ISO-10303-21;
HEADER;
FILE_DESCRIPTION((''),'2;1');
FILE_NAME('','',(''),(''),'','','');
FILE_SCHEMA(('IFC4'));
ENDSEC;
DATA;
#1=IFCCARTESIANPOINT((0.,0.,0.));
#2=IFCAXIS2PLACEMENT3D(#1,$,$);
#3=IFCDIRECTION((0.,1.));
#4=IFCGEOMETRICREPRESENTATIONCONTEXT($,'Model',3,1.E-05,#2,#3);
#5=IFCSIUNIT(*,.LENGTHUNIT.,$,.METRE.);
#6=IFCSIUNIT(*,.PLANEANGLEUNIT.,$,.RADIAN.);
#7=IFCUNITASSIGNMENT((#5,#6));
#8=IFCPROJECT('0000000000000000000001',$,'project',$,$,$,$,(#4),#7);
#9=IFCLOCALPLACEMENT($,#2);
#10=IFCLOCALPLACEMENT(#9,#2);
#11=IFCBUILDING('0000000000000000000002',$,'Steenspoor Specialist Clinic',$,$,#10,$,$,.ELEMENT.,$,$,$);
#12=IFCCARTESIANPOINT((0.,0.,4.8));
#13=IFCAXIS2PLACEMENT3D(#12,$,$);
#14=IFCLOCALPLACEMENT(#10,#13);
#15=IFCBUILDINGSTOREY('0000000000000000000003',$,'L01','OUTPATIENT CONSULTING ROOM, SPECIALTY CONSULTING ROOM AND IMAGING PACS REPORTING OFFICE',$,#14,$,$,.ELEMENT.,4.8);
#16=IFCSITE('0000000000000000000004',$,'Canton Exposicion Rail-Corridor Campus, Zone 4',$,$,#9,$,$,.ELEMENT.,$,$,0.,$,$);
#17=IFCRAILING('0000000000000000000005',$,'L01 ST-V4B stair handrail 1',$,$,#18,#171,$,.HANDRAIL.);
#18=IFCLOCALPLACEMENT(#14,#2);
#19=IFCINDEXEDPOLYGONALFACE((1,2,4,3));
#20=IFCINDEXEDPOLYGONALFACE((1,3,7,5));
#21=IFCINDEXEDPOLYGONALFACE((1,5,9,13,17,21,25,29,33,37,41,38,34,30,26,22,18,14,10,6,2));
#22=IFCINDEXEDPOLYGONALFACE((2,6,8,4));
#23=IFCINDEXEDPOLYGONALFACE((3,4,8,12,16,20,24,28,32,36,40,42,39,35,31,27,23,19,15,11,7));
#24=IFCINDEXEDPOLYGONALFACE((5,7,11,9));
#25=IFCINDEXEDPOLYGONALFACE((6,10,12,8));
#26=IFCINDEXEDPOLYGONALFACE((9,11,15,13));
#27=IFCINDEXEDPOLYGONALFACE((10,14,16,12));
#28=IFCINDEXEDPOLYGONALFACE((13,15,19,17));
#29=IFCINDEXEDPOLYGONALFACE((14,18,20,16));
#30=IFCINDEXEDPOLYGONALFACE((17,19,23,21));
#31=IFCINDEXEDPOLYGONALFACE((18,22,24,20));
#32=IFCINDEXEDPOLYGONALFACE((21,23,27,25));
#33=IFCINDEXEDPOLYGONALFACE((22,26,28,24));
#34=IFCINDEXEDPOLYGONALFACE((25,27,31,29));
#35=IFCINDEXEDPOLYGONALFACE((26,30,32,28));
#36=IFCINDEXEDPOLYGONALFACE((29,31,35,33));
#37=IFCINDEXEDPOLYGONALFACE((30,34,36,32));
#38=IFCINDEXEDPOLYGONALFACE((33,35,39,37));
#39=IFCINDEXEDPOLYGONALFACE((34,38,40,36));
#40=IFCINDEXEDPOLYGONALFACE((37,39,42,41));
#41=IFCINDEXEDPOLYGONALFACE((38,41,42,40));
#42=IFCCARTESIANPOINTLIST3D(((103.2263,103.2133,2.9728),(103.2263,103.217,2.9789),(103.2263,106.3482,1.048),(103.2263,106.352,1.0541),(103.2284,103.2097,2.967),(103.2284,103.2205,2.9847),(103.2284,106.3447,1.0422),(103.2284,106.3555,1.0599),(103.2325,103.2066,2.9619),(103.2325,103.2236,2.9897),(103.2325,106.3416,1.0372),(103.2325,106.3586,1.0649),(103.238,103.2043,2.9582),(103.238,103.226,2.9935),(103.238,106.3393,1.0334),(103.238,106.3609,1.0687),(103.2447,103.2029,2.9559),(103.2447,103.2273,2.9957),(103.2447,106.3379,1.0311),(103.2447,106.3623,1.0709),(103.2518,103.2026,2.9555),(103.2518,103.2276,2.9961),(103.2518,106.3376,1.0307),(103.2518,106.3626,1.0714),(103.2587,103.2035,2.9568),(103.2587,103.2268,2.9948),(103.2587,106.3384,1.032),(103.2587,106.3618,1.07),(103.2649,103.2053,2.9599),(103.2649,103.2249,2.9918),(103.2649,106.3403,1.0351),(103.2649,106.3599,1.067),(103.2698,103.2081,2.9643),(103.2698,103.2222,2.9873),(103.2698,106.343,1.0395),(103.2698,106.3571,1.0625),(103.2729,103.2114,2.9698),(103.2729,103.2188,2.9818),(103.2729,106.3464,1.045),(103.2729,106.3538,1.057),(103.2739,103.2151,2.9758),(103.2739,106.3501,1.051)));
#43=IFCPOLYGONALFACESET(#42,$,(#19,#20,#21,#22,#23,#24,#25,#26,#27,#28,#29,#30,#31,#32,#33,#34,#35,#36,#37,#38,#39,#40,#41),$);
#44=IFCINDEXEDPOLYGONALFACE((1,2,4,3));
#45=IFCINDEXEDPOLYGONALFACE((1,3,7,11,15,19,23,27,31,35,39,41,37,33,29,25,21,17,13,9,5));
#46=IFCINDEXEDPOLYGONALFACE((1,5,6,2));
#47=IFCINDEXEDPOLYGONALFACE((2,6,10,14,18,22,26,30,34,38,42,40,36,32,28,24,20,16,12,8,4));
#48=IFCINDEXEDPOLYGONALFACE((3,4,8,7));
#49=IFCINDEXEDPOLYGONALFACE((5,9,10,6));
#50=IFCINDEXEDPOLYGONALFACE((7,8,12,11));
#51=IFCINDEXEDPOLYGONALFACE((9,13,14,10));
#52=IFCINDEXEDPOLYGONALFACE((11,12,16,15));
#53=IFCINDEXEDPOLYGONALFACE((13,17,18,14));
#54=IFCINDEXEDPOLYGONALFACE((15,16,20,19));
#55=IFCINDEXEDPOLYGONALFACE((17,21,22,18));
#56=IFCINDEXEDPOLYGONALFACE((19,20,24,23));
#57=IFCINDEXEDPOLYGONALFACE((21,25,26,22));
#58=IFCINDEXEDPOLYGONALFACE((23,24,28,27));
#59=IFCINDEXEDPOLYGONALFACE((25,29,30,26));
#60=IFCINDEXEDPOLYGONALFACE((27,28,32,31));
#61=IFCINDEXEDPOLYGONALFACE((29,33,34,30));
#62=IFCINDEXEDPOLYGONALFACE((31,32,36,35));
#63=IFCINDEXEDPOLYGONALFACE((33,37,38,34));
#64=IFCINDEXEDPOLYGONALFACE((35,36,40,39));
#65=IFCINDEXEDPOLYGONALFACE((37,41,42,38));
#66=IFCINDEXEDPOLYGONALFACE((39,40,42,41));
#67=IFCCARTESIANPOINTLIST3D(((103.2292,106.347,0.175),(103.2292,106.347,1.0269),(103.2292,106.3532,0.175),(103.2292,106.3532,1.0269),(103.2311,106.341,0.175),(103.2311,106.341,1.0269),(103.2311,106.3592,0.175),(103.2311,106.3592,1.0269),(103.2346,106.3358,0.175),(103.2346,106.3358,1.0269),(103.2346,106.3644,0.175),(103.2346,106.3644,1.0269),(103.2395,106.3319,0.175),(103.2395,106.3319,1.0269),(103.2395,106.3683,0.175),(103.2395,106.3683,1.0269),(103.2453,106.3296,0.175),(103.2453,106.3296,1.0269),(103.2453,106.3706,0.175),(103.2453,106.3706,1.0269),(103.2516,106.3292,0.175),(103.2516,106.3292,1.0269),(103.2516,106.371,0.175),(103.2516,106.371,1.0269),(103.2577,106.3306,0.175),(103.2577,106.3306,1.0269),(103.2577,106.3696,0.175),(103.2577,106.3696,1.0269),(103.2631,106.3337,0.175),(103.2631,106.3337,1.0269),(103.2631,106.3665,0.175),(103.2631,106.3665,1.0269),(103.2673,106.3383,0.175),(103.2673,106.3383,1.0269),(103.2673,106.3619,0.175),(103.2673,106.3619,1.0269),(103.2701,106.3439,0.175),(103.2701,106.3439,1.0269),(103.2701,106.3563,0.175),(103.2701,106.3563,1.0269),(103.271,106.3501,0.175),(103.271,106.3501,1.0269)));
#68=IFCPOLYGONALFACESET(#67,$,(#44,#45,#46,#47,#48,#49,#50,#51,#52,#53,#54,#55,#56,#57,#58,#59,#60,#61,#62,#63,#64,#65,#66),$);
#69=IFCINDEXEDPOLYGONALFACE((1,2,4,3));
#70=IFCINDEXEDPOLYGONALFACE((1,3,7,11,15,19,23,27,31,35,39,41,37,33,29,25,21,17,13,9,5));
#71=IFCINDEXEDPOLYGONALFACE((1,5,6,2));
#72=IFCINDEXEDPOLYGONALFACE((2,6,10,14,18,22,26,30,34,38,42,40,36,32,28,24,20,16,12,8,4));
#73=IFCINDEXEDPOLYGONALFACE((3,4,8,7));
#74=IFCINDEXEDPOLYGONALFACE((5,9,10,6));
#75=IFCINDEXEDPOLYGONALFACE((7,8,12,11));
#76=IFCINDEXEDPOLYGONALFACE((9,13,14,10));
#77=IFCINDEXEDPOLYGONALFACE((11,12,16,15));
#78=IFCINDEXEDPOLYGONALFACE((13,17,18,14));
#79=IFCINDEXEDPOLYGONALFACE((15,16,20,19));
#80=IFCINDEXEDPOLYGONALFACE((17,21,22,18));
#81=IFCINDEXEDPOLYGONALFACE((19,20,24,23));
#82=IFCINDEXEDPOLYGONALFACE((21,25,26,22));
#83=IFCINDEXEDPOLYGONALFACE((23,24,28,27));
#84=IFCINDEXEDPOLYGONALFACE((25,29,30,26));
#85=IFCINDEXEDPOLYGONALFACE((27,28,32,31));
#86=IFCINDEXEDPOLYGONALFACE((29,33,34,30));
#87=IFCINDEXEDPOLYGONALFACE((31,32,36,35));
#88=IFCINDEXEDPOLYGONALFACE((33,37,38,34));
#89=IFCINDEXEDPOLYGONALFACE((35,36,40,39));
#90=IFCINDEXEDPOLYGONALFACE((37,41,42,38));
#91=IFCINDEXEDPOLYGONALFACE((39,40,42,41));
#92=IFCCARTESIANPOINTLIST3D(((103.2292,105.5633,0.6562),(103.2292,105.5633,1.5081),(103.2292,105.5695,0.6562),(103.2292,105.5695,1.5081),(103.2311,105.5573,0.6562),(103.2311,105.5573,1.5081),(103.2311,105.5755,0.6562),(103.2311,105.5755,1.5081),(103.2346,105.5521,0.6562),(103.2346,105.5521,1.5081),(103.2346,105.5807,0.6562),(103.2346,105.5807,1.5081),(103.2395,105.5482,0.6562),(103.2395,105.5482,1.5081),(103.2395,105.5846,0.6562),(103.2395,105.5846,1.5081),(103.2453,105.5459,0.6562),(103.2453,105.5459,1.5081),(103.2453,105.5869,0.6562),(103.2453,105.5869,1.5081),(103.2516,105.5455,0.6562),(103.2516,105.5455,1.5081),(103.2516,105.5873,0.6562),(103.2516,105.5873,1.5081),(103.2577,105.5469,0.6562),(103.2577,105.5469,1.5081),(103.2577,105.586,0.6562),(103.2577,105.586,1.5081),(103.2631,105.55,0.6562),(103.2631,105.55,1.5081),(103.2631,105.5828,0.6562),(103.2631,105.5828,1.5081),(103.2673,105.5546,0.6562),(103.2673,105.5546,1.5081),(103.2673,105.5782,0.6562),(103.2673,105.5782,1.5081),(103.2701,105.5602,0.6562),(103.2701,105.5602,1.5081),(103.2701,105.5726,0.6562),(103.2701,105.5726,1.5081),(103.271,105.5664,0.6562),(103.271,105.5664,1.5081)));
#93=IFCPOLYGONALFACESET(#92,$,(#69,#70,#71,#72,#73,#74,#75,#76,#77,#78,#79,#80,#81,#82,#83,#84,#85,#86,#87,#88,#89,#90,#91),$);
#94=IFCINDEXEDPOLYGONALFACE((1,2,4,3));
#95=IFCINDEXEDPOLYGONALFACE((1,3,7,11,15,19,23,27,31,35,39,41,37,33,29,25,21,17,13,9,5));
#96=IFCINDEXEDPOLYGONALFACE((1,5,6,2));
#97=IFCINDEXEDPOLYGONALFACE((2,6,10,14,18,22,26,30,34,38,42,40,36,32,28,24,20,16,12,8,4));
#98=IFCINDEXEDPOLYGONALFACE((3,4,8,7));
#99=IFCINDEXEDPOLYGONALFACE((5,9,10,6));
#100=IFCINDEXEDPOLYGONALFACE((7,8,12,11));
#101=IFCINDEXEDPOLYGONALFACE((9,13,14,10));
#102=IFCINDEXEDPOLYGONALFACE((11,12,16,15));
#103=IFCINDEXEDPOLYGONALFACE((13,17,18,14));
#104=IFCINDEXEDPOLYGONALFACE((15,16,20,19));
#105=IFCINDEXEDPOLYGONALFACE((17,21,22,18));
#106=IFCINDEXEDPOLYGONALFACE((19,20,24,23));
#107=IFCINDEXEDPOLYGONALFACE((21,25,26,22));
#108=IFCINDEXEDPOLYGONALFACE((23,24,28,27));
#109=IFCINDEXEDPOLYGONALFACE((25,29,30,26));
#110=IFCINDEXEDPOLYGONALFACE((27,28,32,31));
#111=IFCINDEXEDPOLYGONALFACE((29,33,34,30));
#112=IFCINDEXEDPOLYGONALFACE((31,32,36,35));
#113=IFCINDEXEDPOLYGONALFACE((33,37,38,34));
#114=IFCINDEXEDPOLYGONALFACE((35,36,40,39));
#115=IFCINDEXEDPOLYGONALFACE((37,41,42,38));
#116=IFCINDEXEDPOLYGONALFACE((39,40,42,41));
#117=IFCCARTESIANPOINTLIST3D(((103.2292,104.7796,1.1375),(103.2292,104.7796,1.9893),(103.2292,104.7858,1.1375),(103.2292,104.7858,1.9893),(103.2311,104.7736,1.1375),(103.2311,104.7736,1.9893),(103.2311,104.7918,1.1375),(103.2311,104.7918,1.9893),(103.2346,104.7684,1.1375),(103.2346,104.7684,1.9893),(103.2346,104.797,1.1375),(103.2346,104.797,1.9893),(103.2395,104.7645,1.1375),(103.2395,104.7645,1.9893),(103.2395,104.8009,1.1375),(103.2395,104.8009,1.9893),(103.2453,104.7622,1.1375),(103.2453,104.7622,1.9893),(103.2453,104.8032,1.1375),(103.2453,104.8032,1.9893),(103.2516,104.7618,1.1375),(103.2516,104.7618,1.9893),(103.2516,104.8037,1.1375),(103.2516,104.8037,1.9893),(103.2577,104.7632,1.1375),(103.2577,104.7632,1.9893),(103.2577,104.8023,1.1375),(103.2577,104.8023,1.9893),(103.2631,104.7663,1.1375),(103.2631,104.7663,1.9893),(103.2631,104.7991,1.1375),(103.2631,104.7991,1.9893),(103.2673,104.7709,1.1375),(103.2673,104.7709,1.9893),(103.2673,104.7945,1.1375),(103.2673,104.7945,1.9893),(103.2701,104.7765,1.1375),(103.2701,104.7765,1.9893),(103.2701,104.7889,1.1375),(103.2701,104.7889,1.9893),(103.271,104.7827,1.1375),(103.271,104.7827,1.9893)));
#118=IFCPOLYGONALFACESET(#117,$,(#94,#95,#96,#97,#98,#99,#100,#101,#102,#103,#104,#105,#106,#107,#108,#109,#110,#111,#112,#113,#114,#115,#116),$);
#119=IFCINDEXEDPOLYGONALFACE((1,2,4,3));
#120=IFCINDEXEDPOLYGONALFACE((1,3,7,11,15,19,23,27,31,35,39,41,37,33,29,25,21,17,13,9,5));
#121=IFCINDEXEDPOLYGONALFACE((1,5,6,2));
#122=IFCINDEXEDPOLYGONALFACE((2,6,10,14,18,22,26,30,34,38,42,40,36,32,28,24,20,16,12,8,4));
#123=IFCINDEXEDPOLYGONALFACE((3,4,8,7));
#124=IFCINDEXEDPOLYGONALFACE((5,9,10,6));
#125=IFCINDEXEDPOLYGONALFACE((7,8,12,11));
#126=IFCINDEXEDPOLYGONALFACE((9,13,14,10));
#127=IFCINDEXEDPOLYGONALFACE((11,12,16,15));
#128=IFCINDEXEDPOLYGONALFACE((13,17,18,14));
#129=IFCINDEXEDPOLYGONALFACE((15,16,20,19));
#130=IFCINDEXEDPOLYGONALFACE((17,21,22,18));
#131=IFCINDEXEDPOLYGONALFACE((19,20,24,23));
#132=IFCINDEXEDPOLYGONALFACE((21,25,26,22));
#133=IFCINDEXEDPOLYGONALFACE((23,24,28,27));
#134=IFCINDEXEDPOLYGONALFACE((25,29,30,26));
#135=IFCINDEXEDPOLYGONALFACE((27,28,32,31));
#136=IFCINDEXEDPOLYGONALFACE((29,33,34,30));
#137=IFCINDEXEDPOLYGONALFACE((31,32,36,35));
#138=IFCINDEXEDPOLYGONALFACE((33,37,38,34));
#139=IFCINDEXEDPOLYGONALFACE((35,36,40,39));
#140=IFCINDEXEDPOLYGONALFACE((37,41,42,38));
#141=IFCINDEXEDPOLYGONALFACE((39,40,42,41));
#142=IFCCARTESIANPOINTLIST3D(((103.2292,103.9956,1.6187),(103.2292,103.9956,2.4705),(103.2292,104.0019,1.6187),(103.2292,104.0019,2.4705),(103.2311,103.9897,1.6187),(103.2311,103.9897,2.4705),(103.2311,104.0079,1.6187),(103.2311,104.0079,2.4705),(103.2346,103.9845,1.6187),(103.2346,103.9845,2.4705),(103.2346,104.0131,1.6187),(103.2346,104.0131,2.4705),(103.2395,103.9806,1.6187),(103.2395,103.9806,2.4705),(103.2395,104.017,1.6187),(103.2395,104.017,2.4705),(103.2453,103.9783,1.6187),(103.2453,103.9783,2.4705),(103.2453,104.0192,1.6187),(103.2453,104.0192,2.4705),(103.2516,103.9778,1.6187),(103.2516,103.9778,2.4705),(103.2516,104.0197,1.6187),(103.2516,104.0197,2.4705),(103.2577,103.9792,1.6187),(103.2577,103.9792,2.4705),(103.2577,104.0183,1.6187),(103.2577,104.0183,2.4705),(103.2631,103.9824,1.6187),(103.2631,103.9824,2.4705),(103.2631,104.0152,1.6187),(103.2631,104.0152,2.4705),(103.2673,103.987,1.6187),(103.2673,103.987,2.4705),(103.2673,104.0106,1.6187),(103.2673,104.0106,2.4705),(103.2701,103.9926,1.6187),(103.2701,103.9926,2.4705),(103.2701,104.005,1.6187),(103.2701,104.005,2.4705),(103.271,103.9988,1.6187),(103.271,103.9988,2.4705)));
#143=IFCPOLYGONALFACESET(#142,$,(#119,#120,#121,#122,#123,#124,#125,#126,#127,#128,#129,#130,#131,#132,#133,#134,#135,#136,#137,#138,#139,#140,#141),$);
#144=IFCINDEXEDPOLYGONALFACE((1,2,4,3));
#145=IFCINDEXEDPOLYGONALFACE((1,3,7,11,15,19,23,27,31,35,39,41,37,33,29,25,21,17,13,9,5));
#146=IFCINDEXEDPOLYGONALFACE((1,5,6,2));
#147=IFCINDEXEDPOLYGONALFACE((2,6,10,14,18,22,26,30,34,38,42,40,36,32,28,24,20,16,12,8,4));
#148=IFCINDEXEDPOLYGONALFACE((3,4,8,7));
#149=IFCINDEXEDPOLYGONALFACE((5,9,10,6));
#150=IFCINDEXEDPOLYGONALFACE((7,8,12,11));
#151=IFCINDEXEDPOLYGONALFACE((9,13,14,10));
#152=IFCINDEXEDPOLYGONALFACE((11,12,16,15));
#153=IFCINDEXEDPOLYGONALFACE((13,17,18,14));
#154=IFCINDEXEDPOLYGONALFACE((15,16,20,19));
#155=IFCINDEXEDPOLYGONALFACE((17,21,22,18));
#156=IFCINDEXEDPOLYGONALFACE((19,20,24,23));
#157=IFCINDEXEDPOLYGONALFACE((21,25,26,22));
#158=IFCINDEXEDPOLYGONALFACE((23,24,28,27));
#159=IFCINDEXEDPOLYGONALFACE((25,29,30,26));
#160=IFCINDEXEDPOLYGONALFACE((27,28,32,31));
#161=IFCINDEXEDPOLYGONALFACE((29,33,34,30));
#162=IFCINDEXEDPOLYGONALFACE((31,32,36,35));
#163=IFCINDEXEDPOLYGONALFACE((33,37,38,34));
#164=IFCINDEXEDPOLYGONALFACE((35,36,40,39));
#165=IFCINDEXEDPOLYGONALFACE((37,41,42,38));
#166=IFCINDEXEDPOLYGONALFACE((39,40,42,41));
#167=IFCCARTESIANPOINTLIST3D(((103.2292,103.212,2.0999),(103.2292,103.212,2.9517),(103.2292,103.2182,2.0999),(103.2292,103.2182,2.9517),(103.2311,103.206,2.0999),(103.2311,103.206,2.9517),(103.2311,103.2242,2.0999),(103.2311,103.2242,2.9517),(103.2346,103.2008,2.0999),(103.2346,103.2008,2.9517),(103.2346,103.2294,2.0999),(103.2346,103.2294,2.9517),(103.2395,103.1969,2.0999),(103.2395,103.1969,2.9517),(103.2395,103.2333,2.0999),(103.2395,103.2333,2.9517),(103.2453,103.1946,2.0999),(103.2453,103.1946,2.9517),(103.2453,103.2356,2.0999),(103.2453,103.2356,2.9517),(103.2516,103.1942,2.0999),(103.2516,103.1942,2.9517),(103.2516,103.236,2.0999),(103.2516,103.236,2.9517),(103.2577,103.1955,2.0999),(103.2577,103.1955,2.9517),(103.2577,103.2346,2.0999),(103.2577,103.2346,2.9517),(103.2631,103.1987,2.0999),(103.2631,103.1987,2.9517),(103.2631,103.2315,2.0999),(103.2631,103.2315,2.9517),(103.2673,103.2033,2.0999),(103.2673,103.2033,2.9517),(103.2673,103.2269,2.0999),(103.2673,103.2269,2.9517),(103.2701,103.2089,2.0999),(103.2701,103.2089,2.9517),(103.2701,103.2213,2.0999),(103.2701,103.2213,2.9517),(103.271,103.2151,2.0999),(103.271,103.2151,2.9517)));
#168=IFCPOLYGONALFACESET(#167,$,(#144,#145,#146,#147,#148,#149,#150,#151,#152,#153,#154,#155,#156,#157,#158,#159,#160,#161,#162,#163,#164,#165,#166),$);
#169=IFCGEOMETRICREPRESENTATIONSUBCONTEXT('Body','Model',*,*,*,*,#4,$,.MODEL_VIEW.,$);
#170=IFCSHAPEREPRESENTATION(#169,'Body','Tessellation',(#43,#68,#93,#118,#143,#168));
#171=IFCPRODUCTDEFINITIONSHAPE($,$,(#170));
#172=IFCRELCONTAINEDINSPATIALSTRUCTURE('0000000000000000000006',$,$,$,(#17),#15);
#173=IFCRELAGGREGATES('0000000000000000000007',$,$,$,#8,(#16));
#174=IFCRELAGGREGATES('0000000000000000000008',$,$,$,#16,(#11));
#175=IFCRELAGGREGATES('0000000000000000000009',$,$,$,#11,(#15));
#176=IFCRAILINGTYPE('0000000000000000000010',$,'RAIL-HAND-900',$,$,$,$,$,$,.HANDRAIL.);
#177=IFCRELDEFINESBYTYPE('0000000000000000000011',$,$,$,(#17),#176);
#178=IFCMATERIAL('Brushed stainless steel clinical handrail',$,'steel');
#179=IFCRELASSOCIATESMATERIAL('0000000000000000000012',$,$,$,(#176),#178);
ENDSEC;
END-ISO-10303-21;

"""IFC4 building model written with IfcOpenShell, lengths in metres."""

from ifc_helpers import new_model, si_unit, direction, frame, origin, origin_2d, place, context, subcontext, project, spatial, circle, extrude, material, type_object, element, save


model = new_model("IFC4")

# Units and contexts
model_context = context("Model", 3, precision=1e-05, world=origin(), true_north=direction((0.0, 1.0)))
body_context = subcontext(model_context, "Body", "Model", "MODEL_VIEW")
ifc_project = project(units=[si_unit("LENGTHUNIT", "METRE"), si_unit("PLANEANGLEUNIT", "RADIAN")], contexts=[model_context])

# Site, building, storey
site_placement = place(None, origin())
site = spatial("IfcSite", under=ifc_project, at=site_placement, Name="Canton Exposicion Rail-Corridor Campus, Zone 4", CompositionType="ELEMENT", RefElevation=0.0)
building_placement = place(site_placement, origin())
building = spatial("IfcBuilding", under=site, at=building_placement, Name="Steenspoor Specialist Clinic", CompositionType="ELEMENT")
storey_placement = place(building_placement, frame((0.0, 0.0, 4.8)))
storey = spatial("IfcBuildingStorey", under=building, at=storey_placement, Name="L01", Description="OUTPATIENT CONSULTING ROOM, SPECIALTY CONSULTING ROOM AND IMAGING PACS REPORTING OFFICE", CompositionType="ELEMENT", Elevation=4.8)

# Railing
ifc_material_1 = material(Name="Brushed stainless steel clinical handrail", Category="steel")
railing_type_1 = type_object("IfcRailingType", Name="RAIL-HAND-900", PredefinedType="HANDRAIL", material=ifc_material_1)
railing_1_placement = place(storey_placement, frame((103.25, 106.3501, 0.175)))
element("IfcRailing", 1, at=railing_1_placement, inside=storey, type_object=railing_type_1, Name="L01 ST-V4B stair handrail 1", PredefinedType="HANDRAIL", context=body_context, shape_type="SweptSolid", body=[
    extrude(circle(Radius=0.0239, at=origin_2d()), frame((0.0, 0.0, 0.876), z_axis=(0.0, -0.852196, 0.523223), x_axis=(1.0, 0.0, 0.0)), (0.0, 0.0, 1.0), 3.6787),
    extrude(circle(Radius=0.021, at=origin_2d()), origin(), (0.0, 0.0, 1.0), 0.8518),
    extrude(circle(Radius=0.021, at=origin_2d()), frame((0.0, -0.7837, 0.4812)), (0.0, 0.0, 1.0), 0.8518),
    extrude(circle(Radius=0.021, at=origin_2d()), frame((0.0, -1.5674, 0.9624)), (0.0, 0.0, 1.0), 0.8518),
    extrude(circle(Radius=0.021, at=origin_2d()), frame((0.0, -2.3513, 1.4436)), (0.0, 0.0, 1.0), 0.8518),
    extrude(circle(Radius=0.021, at=origin_2d()), frame((0.0, -3.135, 1.9248)), (0.0, 0.0, 1.0), 0.8518),
])

save(model, "model.ifc")
